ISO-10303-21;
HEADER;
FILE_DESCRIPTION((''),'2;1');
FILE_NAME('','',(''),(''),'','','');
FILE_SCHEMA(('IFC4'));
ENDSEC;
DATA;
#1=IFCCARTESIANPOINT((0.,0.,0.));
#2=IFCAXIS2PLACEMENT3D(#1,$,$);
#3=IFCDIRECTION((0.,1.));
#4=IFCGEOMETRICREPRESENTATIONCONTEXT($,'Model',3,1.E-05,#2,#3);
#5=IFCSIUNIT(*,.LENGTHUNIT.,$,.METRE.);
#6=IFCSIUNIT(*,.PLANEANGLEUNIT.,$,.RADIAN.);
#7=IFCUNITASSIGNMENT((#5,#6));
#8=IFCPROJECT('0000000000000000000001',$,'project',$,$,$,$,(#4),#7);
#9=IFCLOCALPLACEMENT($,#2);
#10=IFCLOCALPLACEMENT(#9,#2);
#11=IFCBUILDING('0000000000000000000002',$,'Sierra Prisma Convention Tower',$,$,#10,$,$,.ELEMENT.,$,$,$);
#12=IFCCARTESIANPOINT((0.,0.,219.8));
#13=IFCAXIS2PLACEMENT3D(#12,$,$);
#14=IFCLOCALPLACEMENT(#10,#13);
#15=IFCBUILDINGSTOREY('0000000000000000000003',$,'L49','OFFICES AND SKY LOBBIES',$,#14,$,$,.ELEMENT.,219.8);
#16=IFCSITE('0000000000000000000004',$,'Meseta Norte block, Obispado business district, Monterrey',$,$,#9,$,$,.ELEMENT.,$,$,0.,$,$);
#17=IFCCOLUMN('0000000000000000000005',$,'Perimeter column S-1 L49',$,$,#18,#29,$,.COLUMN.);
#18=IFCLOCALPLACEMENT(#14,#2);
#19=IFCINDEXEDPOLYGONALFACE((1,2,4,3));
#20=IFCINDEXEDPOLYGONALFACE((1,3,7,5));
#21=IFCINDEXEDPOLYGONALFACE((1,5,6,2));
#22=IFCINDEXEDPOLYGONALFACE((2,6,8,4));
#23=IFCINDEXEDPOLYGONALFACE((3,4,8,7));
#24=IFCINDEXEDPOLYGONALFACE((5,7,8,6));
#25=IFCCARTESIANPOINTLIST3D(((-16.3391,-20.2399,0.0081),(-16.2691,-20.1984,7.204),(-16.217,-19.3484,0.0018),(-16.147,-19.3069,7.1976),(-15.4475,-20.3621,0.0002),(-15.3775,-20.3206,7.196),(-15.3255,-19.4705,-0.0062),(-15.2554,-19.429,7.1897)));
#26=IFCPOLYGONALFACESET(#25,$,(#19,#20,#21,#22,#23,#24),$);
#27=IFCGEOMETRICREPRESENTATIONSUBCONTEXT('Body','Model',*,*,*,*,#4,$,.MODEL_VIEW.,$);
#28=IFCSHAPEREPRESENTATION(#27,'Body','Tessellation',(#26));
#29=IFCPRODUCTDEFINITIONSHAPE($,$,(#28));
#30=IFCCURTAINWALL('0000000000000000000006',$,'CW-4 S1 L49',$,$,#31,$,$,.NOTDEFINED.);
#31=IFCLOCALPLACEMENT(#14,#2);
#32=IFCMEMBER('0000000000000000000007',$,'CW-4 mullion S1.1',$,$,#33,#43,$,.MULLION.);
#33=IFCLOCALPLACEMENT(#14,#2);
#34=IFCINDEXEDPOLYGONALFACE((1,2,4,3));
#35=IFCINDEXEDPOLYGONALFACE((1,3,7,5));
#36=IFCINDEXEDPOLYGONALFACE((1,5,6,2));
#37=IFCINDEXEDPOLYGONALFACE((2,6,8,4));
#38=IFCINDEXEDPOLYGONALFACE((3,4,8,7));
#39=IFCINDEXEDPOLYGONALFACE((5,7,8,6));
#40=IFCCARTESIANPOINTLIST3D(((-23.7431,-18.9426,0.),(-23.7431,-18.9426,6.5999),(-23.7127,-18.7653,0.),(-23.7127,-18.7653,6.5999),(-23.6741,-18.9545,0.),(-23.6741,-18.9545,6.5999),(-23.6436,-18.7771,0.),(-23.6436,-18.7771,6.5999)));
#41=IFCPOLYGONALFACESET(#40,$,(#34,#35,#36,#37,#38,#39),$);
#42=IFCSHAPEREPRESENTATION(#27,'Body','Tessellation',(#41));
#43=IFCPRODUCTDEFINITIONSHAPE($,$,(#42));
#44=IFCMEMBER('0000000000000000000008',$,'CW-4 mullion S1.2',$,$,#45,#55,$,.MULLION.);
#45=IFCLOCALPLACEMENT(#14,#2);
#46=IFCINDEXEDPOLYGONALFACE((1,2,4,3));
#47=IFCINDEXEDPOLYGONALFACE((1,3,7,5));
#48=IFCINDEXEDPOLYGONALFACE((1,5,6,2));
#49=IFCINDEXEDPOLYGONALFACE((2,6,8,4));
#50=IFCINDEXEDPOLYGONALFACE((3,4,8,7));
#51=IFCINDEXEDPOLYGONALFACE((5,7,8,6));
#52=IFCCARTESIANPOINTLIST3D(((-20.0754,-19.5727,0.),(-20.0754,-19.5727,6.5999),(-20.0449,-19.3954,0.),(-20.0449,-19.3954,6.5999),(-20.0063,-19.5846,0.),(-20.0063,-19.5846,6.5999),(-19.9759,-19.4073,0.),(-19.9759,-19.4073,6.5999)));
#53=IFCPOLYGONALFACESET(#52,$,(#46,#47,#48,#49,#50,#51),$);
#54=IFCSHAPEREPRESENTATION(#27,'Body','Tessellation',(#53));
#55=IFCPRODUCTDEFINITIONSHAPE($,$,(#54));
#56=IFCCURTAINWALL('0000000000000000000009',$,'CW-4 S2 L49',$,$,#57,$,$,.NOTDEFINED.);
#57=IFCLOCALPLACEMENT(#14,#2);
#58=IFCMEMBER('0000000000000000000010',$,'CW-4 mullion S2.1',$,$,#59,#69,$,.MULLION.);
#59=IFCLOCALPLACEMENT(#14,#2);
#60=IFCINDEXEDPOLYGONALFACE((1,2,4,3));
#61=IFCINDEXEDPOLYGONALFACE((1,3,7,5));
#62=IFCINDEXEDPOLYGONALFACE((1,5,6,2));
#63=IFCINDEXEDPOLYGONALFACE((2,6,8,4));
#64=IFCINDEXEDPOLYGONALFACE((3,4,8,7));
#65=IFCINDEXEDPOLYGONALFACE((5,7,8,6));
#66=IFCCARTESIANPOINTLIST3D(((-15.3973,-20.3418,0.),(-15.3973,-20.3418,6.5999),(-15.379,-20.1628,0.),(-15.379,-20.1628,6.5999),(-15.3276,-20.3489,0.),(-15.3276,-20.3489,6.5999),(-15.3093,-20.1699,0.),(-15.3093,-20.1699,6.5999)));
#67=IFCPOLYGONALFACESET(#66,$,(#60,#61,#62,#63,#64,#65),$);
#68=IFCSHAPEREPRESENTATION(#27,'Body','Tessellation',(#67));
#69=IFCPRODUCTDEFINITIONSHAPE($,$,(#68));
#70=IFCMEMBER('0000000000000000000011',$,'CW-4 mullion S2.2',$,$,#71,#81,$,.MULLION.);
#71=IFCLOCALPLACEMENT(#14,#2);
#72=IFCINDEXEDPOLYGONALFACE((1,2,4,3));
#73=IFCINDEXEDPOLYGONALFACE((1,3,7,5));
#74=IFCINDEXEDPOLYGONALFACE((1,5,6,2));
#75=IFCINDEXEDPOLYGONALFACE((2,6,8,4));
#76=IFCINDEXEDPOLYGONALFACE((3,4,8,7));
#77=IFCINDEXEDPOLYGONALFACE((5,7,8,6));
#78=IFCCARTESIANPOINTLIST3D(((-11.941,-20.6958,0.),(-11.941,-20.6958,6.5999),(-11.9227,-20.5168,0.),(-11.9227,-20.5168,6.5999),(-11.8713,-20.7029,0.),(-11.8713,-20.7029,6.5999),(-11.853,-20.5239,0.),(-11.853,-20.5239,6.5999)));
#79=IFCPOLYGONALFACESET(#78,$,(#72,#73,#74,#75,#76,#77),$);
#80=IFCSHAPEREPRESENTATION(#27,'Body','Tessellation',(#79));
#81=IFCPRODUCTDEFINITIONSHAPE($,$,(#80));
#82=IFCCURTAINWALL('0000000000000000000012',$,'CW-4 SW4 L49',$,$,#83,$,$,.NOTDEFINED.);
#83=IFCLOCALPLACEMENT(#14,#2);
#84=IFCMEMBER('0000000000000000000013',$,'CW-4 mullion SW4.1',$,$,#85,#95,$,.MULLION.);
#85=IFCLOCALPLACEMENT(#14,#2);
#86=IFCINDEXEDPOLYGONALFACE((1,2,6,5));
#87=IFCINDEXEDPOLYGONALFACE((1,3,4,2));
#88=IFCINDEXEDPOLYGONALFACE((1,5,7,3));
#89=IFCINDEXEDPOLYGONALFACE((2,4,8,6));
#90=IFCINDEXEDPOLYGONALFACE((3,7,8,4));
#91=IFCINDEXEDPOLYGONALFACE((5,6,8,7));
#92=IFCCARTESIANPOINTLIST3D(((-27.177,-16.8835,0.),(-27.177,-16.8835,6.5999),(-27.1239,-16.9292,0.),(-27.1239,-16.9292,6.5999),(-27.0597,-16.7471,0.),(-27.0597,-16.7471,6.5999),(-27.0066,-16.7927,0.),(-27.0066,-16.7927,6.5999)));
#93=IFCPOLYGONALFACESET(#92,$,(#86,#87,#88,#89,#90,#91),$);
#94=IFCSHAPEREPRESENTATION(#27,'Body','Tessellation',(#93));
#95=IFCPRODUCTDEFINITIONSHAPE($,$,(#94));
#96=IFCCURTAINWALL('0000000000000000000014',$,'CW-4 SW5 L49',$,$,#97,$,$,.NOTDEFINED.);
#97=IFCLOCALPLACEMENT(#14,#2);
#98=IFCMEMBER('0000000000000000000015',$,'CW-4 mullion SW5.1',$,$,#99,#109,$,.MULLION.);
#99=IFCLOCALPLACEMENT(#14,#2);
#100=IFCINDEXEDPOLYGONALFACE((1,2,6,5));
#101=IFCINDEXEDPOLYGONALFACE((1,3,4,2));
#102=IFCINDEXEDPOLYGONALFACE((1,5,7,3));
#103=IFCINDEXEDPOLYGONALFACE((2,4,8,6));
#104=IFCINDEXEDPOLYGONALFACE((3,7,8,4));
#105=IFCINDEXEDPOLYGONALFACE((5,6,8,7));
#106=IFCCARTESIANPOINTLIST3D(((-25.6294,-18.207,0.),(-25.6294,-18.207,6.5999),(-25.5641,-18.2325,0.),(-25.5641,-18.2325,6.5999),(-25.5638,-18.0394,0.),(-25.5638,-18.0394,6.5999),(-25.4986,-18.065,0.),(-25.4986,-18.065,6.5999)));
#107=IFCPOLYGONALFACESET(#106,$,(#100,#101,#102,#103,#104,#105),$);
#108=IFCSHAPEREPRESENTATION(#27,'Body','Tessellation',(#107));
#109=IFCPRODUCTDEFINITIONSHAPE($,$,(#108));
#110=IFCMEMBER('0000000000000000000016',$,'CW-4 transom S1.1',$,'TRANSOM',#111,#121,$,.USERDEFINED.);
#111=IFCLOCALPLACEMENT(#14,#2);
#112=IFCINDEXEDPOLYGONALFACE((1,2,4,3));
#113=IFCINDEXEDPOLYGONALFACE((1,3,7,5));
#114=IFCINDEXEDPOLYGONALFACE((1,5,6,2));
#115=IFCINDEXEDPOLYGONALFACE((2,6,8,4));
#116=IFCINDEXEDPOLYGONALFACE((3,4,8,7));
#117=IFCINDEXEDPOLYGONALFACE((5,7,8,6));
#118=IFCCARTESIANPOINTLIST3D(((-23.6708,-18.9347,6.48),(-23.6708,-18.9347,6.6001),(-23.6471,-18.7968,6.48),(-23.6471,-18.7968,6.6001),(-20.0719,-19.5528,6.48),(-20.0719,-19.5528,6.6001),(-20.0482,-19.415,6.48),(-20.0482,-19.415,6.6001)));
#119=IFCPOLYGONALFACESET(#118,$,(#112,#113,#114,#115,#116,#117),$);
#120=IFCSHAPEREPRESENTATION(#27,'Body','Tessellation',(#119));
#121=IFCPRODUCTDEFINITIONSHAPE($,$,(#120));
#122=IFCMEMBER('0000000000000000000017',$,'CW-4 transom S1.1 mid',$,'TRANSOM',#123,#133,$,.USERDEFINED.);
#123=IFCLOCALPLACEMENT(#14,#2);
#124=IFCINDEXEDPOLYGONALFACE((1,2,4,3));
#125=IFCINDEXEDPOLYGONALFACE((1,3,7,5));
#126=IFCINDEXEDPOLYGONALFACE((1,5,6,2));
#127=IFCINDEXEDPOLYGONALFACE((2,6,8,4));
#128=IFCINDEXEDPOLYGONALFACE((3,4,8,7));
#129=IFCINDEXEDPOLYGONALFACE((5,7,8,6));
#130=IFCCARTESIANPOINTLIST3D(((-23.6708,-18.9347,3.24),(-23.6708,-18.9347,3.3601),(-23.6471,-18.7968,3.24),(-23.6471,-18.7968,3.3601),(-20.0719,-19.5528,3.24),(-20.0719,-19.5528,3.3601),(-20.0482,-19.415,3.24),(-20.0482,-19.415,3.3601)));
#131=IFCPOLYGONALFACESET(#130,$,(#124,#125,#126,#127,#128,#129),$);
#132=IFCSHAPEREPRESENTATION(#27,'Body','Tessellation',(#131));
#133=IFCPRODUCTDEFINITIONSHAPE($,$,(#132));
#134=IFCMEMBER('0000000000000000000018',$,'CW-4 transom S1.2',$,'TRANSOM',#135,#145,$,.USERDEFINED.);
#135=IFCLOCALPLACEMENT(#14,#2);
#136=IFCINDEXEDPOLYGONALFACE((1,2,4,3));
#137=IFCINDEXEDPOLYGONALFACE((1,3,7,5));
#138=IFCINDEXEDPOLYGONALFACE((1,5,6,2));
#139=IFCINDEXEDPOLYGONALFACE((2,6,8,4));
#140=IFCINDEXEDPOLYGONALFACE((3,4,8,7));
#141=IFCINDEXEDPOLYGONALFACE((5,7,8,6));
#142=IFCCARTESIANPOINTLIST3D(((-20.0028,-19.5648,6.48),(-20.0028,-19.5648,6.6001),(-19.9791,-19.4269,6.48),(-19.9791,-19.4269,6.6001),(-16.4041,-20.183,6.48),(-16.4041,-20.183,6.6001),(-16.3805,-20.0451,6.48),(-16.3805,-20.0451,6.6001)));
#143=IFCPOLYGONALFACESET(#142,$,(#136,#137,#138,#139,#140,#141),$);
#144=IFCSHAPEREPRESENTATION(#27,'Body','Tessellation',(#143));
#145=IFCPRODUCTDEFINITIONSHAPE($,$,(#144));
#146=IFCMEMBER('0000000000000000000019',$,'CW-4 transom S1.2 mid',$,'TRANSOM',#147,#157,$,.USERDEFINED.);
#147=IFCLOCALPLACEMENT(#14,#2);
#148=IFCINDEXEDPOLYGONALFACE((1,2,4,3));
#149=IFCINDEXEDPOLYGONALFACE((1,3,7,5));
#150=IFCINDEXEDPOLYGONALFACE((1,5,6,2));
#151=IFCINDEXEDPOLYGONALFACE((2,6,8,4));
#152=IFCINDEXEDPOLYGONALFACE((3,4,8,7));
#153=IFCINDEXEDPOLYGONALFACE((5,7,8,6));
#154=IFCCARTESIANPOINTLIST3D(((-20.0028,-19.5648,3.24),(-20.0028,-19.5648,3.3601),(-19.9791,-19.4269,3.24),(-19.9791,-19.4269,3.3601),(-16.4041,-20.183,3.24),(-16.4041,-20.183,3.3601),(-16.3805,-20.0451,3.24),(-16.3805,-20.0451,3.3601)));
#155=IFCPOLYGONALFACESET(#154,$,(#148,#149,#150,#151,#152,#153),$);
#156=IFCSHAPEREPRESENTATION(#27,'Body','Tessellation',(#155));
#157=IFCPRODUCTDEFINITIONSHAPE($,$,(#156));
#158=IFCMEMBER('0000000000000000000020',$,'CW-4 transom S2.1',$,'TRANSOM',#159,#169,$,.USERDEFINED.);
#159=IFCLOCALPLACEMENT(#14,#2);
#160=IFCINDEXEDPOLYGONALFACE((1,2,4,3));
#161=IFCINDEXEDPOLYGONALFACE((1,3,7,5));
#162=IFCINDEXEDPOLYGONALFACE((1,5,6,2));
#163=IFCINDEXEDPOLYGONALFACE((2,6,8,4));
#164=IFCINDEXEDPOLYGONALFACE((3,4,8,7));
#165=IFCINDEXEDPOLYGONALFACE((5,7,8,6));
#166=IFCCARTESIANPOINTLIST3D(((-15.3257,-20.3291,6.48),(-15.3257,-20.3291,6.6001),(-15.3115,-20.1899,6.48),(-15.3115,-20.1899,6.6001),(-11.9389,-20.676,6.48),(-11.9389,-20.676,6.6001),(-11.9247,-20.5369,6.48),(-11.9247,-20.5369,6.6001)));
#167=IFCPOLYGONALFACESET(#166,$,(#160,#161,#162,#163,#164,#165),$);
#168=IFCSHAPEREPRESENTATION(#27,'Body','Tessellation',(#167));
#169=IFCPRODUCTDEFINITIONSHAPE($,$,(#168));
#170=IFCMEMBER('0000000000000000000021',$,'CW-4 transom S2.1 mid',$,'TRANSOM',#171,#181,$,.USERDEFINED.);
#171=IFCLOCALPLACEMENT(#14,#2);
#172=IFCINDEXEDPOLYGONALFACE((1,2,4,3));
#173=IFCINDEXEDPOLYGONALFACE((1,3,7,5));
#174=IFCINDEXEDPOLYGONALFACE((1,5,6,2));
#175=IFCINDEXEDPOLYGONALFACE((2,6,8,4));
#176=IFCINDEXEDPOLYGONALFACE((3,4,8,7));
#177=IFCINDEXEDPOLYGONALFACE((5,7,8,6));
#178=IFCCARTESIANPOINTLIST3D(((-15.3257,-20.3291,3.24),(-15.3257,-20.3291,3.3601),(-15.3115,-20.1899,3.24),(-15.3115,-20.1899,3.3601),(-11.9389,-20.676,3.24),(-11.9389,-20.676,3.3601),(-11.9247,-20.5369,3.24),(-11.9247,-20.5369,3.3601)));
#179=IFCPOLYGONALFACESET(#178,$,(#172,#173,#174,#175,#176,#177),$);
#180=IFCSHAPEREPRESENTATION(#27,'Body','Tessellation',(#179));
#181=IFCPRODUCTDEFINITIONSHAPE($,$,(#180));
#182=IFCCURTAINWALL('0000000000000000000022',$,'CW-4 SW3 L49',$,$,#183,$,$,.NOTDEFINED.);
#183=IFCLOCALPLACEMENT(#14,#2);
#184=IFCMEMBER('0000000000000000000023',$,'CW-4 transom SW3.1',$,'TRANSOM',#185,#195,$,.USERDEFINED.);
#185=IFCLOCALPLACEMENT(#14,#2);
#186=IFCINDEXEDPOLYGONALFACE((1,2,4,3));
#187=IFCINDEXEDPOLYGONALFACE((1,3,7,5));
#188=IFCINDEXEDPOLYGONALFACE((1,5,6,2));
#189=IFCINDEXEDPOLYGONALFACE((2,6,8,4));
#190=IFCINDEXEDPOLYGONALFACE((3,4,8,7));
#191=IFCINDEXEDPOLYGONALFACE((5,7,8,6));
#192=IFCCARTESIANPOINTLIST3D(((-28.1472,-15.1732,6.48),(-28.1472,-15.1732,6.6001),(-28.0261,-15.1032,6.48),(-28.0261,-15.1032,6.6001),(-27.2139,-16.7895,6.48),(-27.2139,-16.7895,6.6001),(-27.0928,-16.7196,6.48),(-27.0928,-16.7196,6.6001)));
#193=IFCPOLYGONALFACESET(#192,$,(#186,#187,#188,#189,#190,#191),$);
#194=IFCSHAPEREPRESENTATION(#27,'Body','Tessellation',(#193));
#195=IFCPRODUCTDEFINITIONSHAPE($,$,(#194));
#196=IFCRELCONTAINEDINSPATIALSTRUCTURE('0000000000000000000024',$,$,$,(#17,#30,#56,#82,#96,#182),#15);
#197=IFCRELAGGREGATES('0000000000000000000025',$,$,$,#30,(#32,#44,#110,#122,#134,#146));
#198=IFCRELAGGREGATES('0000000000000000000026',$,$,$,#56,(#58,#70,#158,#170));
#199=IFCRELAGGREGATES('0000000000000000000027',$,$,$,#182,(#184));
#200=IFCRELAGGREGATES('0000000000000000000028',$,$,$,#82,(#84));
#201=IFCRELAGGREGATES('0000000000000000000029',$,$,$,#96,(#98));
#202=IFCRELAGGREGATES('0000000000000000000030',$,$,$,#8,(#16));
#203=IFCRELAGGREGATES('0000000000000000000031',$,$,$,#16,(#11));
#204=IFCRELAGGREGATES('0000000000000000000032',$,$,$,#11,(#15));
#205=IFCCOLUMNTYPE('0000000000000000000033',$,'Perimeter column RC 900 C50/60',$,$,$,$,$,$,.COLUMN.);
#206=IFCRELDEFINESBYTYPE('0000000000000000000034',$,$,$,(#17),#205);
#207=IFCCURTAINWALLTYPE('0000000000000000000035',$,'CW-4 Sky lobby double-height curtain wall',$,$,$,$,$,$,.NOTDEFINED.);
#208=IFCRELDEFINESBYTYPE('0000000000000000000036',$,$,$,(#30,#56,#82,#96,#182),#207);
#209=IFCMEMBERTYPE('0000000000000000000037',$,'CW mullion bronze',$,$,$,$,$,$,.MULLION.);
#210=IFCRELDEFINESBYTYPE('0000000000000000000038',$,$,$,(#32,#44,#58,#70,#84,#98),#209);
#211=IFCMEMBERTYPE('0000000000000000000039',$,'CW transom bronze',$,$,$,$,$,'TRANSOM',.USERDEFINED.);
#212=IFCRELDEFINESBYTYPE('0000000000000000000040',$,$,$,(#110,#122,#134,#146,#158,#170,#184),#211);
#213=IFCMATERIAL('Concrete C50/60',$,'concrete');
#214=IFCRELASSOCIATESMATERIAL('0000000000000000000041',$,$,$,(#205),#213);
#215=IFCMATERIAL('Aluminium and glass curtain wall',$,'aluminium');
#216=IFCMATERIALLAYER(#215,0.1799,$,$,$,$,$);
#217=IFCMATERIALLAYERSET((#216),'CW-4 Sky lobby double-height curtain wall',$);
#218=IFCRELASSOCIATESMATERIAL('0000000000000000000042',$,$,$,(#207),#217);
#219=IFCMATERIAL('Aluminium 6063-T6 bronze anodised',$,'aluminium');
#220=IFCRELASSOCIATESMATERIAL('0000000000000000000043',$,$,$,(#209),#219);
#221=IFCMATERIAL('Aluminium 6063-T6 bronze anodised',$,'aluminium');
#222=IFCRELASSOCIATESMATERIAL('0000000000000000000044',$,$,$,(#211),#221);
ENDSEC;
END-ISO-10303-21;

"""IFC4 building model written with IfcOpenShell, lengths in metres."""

from ifc_helpers import new_model, si_unit, direction, frame, origin, origin_2d, place, context, subcontext, project, spatial, rectangle, extrude, clip, halfspace, material, layer, layer_set, material_profile, profile_set, type_object, element, aggregate, save


model = new_model("IFC4")

# Units and contexts
model_context = context("Model", 3, precision=1e-05, world=origin(), true_north=direction((0.0, 1.0)))
body_context = subcontext(model_context, "Body", "Model", "MODEL_VIEW")
ifc_project = project(units=[si_unit("LENGTHUNIT", "METRE"), si_unit("PLANEANGLEUNIT", "RADIAN")], contexts=[model_context])

# Site, building, storey
site_placement = place(None, origin())
site = spatial("IfcSite", under=ifc_project, at=site_placement, Name="Meseta Norte block, Obispado business district, Monterrey", CompositionType="ELEMENT", RefElevation=0.0)
building_placement = place(site_placement, origin())
building = spatial("IfcBuilding", under=site, at=building_placement, Name="Sierra Prisma Convention Tower", CompositionType="ELEMENT")
storey_placement = place(building_placement, frame((0.0, 0.0, 219.8)))
storey = spatial("IfcBuildingStorey", under=building, at=storey_placement, Name="L49", Description="OFFICES AND SKY LOBBIES", CompositionType="ELEMENT", Elevation=219.8)

# Column
ifc_material_1 = material(Name="Concrete C50/60", Category="concrete")
ifc_material_profile_1 = material_profile(ifc_material_1, rectangle(XDim=0.8999, YDim=0.8999, at=origin_2d()), Name="Perimeter column RC 900 C50/60")
ifc_profile_set_1 = profile_set([ifc_material_profile_1], Name="Concrete C50/60")
column_type = type_object("IfcColumnType", Name="Perimeter column RC 900 C50/60", PredefinedType="COLUMN", material=ifc_profile_set_1)
column_placement = place(storey_placement, frame((-15.8323, -19.8552, 0.0), z_axis=(0.009731, 0.005764, 0.999936), x_axis=(-0.990707, 0.135727, 0.008859)))
element("IfcColumn", 1, at=column_placement, inside=storey, type_object=column_type, Name="Perimeter column S-1 L49", PredefinedType="COLUMN", context=body_context, shape_type="SweptSolid", body=[
    clip(clip(extrude(rectangle(XDim=0.8999, YDim=0.8999, at=origin_2d()), origin(), (0.0, 0.0, 1.0), 7.2004), halfspace(frame((0.0, 0.0, 0.001)), True)), halfspace(frame((0.0, 0.0, 7.1973)), False)),
])

# Curtain walls, members
ifc_material_2 = material(Name="Aluminium and glass curtain wall", Category="aluminium")
ifc_layer_1 = layer(ifc_material_2, 0.1799)
ifc_layer_set_1 = layer_set([ifc_layer_1], Name="CW-4 Sky lobby double-height curtain wall")
curtain_wall_type = type_object("IfcCurtainWallType", Name="CW-4 Sky lobby double-height curtain wall", PredefinedType="NOTDEFINED", material=ifc_layer_set_1)
curtain_wall_1_placement = place(storey_placement, origin())
curtain_wall_1 = element("IfcCurtainWall", 2, at=curtain_wall_1_placement, inside=storey, type_object=curtain_wall_type, Name="CW-4 S1 L49", PredefinedType="NOTDEFINED")
ifc_material_3 = material(Name="Aluminium 6063-T6 bronze anodised", Category="aluminium")
ifc_material_profile_2 = material_profile(ifc_material_3, rectangle(XDim=0.1799, YDim=0.0701, at=origin_2d()), Name="ALU MULLION 70x180")
ifc_profile_set_2 = profile_set([ifc_material_profile_2], Name="Aluminium 6063-T6 bronze anodised")
member_type_1 = type_object("IfcMemberType", Name="CW mullion bronze", PredefinedType="MULLION", material=ifc_profile_set_2)
member_1_placement = place(storey_placement, frame((-23.6934, -18.8599, 0.0), z_axis=(0.0, 0.0, 1.0), x_axis=(0.169297, 0.985565, 0.0)))
member_1 = element("IfcMember", 3, at=member_1_placement, type_object=member_type_1, Name="CW-4 mullion S1.1", PredefinedType="MULLION", context=body_context, shape_type="SweptSolid", body=[
    extrude(rectangle(XDim=0.1799, YDim=0.0701, at=origin_2d()), origin(), (0.0, 0.0, 1.0), 6.5999),
])
member_2_placement = place(storey_placement, frame((-20.0256, -19.49, 0.0), z_axis=(0.0, 0.0, 1.0), x_axis=(0.169297, 0.985565, 0.0)))
member_2 = element("IfcMember", 4, at=member_2_placement, type_object=member_type_1, Name="CW-4 mullion S1.2", PredefinedType="MULLION", context=body_context, shape_type="SweptSolid", body=[
    extrude(rectangle(XDim=0.1799, YDim=0.0701, at=origin_2d()), origin(), (0.0, 0.0, 1.0), 6.5999),
])
curtain_wall_2_placement = place(storey_placement, origin())
curtain_wall_2 = element("IfcCurtainWall", 5, at=curtain_wall_2_placement, inside=storey, type_object=curtain_wall_type, Name="CW-4 S2 L49", PredefinedType="NOTDEFINED")
member_3_placement = place(storey_placement, frame((-15.3533, -20.2559, 0.0), z_axis=(0.0, 0.0, 1.0), x_axis=(0.101893, 0.994795, 0.0)))
member_3 = element("IfcMember", 6, at=member_3_placement, type_object=member_type_1, Name="CW-4 mullion S2.1", PredefinedType="MULLION", context=body_context, shape_type="SweptSolid", body=[
    extrude(rectangle(XDim=0.1799, YDim=0.0701, at=origin_2d()), origin(), (0.0, 0.0, 1.0), 6.5999),
])
member_4_placement = place(storey_placement, frame((-11.897, -20.6099, 0.0), z_axis=(0.0, 0.0, 1.0), x_axis=(0.101893, 0.994795, 0.0)))
member_4 = element("IfcMember", 7, at=member_4_placement, type_object=member_type_1, Name="CW-4 mullion S2.2", PredefinedType="MULLION", context=body_context, shape_type="SweptSolid", body=[
    extrude(rectangle(XDim=0.1799, YDim=0.0701, at=origin_2d()), origin(), (0.0, 0.0, 1.0), 6.5999),
])

# Curtain walls, members
curtain_wall_3_placement = place(storey_placement, origin())
curtain_wall_3 = element("IfcCurtainWall", 8, at=curtain_wall_3_placement, inside=storey, type_object=curtain_wall_type, Name="CW-4 SW4 L49", PredefinedType="NOTDEFINED")
member_5_placement = place(storey_placement, frame((-27.0918, -16.8381, 0.0), z_axis=(0.0, 0.0, 1.0), x_axis=(0.651815, 0.758378, 0.0)))
member_5 = element("IfcMember", 9, at=member_5_placement, type_object=member_type_1, Name="CW-4 mullion SW4.1", PredefinedType="MULLION", context=body_context, shape_type="SweptSolid", body=[
    extrude(rectangle(XDim=0.1799, YDim=0.0701, at=origin_2d()), origin(), (0.0, 0.0, 1.0), 6.5999),
])
curtain_wall_4_placement = place(storey_placement, origin())
curtain_wall_4 = element("IfcCurtainWall", 10, at=curtain_wall_4_placement, inside=storey, type_object=curtain_wall_type, Name="CW-4 SW5 L49", PredefinedType="NOTDEFINED")
member_6_placement = place(storey_placement, frame((-25.564, -18.136, 0.0), z_axis=(0.0, 0.0, 1.0), x_axis=(0.36418, 0.931329, 0.0)))
member_6 = element("IfcMember", 11, at=member_6_placement, type_object=member_type_1, Name="CW-4 mullion SW5.1", PredefinedType="MULLION", context=body_context, shape_type="SweptSolid", body=[
    extrude(rectangle(XDim=0.1799, YDim=0.0701, at=origin_2d()), origin(), (0.0, 0.0, 1.0), 6.5999),
])

# Members
ifc_material_4 = material(Name="Aluminium 6063-T6 bronze anodised", Category="aluminium")
ifc_material_profile_3 = material_profile(ifc_material_4, rectangle(XDim=0.1399, YDim=0.1201, at=origin_2d()), Name="ALU TRANSOM 120x140")
ifc_profile_set_3 = profile_set([ifc_material_profile_3], Name="Aluminium 6063-T6 bronze anodised")
member_type_2 = type_object("IfcMemberType", Name="CW transom bronze", ElementType="TRANSOM", PredefinedType="USERDEFINED", material=ifc_profile_set_3)
member_7_placement = place(storey_placement, frame((-23.6589, -18.8657, 6.54), z_axis=(0.985567, -0.169287, 0.0), x_axis=(0.169287, 0.985567, 0.0)))
member_7 = element("IfcMember", 12, at=member_7_placement, type_object=member_type_2, Name="CW-4 transom S1.1", ObjectType="TRANSOM", PredefinedType="USERDEFINED", context=body_context, shape_type="SweptSolid", body=[
    extrude(rectangle(XDim=0.1399, YDim=0.1201, at=origin_2d()), origin(), (0.0, 0.0, 1.0), 3.6516),
])
member_8_placement = place(storey_placement, frame((-23.6589, -18.8657, 3.3), z_axis=(0.985567, -0.169287, 0.0), x_axis=(0.169287, 0.985567, 0.0)))
member_8 = element("IfcMember", 13, at=member_8_placement, type_object=member_type_2, Name="CW-4 transom S1.1 mid", ObjectType="TRANSOM", PredefinedType="USERDEFINED", context=body_context, shape_type="SweptSolid", body=[
    extrude(rectangle(XDim=0.1399, YDim=0.1201, at=origin_2d()), origin(), (0.0, 0.0, 1.0), 3.6516),
])
member_9_placement = place(storey_placement, frame((-19.991, -19.4958, 6.54), z_axis=(0.985565, -0.169298, 0.0), x_axis=(0.169298, 0.985565, 0.0)))
member_9 = element("IfcMember", 14, at=member_9_placement, type_object=member_type_2, Name="CW-4 transom S1.2", ObjectType="TRANSOM", PredefinedType="USERDEFINED", context=body_context, shape_type="SweptSolid", body=[
    extrude(rectangle(XDim=0.1399, YDim=0.1201, at=origin_2d()), origin(), (0.0, 0.0, 1.0), 3.6514),
])
member_10_placement = place(storey_placement, frame((-19.991, -19.4958, 3.3), z_axis=(0.985565, -0.169298, 0.0), x_axis=(0.169298, 0.985565, 0.0)))
member_10 = element("IfcMember", 15, at=member_10_placement, type_object=member_type_2, Name="CW-4 transom S1.2 mid", ObjectType="TRANSOM", PredefinedType="USERDEFINED", context=body_context, shape_type="SweptSolid", body=[
    extrude(rectangle(XDim=0.1399, YDim=0.1201, at=origin_2d()), origin(), (0.0, 0.0, 1.0), 3.6514),
])
member_11_placement = place(storey_placement, frame((-15.3186, -20.2595, 6.54), z_axis=(0.994794, -0.101903, 0.0), x_axis=(0.101903, 0.994794, 0.0)))
member_11 = element("IfcMember", 16, at=member_11_placement, type_object=member_type_2, Name="CW-4 transom S2.1", ObjectType="TRANSOM", PredefinedType="USERDEFINED", context=body_context, shape_type="SweptSolid", body=[
    extrude(rectangle(XDim=0.1399, YDim=0.1201, at=origin_2d()), origin(), (0.0, 0.0, 1.0), 3.4045),
])
member_12_placement = place(storey_placement, frame((-15.3186, -20.2595, 3.3), z_axis=(0.994794, -0.101903, 0.0), x_axis=(0.101903, 0.994794, 0.0)))
member_12 = element("IfcMember", 17, at=member_12_placement, type_object=member_type_2, Name="CW-4 transom S2.1 mid", ObjectType="TRANSOM", PredefinedType="USERDEFINED", context=body_context, shape_type="SweptSolid", body=[
    extrude(rectangle(XDim=0.1399, YDim=0.1201, at=origin_2d()), origin(), (0.0, 0.0, 1.0), 3.4045),
])

# Curtain wall, member
curtain_wall_5_placement = place(storey_placement, origin())
curtain_wall_5 = element("IfcCurtainWall", 18, at=curtain_wall_5_placement, inside=storey, type_object=curtain_wall_type, Name="CW-4 SW3 L49", PredefinedType="NOTDEFINED")
member_13_placement = place(storey_placement, frame((-28.0867, -15.1382, 6.54), z_axis=(0.500036, -0.866005, 0.0), x_axis=(0.866005, 0.500036, 0.0)))
member_13 = element("IfcMember", 19, at=member_13_placement, type_object=member_type_2, Name="CW-4 transom SW3.1", ObjectType="TRANSOM", PredefinedType="USERDEFINED", context=body_context, shape_type="SweptSolid", body=[
    extrude(rectangle(XDim=0.1399, YDim=0.1201, at=origin_2d()), origin(), (0.0, 0.0, 1.0), 1.8665),
])

aggregate(curtain_wall_1, [member_1, member_2, member_7, member_8, member_9, member_10])
aggregate(curtain_wall_2, [member_3, member_4, member_11, member_12])
aggregate(curtain_wall_5, [member_13])
aggregate(curtain_wall_3, [member_5])
aggregate(curtain_wall_4, [member_6])

save(model, "model.ifc")
